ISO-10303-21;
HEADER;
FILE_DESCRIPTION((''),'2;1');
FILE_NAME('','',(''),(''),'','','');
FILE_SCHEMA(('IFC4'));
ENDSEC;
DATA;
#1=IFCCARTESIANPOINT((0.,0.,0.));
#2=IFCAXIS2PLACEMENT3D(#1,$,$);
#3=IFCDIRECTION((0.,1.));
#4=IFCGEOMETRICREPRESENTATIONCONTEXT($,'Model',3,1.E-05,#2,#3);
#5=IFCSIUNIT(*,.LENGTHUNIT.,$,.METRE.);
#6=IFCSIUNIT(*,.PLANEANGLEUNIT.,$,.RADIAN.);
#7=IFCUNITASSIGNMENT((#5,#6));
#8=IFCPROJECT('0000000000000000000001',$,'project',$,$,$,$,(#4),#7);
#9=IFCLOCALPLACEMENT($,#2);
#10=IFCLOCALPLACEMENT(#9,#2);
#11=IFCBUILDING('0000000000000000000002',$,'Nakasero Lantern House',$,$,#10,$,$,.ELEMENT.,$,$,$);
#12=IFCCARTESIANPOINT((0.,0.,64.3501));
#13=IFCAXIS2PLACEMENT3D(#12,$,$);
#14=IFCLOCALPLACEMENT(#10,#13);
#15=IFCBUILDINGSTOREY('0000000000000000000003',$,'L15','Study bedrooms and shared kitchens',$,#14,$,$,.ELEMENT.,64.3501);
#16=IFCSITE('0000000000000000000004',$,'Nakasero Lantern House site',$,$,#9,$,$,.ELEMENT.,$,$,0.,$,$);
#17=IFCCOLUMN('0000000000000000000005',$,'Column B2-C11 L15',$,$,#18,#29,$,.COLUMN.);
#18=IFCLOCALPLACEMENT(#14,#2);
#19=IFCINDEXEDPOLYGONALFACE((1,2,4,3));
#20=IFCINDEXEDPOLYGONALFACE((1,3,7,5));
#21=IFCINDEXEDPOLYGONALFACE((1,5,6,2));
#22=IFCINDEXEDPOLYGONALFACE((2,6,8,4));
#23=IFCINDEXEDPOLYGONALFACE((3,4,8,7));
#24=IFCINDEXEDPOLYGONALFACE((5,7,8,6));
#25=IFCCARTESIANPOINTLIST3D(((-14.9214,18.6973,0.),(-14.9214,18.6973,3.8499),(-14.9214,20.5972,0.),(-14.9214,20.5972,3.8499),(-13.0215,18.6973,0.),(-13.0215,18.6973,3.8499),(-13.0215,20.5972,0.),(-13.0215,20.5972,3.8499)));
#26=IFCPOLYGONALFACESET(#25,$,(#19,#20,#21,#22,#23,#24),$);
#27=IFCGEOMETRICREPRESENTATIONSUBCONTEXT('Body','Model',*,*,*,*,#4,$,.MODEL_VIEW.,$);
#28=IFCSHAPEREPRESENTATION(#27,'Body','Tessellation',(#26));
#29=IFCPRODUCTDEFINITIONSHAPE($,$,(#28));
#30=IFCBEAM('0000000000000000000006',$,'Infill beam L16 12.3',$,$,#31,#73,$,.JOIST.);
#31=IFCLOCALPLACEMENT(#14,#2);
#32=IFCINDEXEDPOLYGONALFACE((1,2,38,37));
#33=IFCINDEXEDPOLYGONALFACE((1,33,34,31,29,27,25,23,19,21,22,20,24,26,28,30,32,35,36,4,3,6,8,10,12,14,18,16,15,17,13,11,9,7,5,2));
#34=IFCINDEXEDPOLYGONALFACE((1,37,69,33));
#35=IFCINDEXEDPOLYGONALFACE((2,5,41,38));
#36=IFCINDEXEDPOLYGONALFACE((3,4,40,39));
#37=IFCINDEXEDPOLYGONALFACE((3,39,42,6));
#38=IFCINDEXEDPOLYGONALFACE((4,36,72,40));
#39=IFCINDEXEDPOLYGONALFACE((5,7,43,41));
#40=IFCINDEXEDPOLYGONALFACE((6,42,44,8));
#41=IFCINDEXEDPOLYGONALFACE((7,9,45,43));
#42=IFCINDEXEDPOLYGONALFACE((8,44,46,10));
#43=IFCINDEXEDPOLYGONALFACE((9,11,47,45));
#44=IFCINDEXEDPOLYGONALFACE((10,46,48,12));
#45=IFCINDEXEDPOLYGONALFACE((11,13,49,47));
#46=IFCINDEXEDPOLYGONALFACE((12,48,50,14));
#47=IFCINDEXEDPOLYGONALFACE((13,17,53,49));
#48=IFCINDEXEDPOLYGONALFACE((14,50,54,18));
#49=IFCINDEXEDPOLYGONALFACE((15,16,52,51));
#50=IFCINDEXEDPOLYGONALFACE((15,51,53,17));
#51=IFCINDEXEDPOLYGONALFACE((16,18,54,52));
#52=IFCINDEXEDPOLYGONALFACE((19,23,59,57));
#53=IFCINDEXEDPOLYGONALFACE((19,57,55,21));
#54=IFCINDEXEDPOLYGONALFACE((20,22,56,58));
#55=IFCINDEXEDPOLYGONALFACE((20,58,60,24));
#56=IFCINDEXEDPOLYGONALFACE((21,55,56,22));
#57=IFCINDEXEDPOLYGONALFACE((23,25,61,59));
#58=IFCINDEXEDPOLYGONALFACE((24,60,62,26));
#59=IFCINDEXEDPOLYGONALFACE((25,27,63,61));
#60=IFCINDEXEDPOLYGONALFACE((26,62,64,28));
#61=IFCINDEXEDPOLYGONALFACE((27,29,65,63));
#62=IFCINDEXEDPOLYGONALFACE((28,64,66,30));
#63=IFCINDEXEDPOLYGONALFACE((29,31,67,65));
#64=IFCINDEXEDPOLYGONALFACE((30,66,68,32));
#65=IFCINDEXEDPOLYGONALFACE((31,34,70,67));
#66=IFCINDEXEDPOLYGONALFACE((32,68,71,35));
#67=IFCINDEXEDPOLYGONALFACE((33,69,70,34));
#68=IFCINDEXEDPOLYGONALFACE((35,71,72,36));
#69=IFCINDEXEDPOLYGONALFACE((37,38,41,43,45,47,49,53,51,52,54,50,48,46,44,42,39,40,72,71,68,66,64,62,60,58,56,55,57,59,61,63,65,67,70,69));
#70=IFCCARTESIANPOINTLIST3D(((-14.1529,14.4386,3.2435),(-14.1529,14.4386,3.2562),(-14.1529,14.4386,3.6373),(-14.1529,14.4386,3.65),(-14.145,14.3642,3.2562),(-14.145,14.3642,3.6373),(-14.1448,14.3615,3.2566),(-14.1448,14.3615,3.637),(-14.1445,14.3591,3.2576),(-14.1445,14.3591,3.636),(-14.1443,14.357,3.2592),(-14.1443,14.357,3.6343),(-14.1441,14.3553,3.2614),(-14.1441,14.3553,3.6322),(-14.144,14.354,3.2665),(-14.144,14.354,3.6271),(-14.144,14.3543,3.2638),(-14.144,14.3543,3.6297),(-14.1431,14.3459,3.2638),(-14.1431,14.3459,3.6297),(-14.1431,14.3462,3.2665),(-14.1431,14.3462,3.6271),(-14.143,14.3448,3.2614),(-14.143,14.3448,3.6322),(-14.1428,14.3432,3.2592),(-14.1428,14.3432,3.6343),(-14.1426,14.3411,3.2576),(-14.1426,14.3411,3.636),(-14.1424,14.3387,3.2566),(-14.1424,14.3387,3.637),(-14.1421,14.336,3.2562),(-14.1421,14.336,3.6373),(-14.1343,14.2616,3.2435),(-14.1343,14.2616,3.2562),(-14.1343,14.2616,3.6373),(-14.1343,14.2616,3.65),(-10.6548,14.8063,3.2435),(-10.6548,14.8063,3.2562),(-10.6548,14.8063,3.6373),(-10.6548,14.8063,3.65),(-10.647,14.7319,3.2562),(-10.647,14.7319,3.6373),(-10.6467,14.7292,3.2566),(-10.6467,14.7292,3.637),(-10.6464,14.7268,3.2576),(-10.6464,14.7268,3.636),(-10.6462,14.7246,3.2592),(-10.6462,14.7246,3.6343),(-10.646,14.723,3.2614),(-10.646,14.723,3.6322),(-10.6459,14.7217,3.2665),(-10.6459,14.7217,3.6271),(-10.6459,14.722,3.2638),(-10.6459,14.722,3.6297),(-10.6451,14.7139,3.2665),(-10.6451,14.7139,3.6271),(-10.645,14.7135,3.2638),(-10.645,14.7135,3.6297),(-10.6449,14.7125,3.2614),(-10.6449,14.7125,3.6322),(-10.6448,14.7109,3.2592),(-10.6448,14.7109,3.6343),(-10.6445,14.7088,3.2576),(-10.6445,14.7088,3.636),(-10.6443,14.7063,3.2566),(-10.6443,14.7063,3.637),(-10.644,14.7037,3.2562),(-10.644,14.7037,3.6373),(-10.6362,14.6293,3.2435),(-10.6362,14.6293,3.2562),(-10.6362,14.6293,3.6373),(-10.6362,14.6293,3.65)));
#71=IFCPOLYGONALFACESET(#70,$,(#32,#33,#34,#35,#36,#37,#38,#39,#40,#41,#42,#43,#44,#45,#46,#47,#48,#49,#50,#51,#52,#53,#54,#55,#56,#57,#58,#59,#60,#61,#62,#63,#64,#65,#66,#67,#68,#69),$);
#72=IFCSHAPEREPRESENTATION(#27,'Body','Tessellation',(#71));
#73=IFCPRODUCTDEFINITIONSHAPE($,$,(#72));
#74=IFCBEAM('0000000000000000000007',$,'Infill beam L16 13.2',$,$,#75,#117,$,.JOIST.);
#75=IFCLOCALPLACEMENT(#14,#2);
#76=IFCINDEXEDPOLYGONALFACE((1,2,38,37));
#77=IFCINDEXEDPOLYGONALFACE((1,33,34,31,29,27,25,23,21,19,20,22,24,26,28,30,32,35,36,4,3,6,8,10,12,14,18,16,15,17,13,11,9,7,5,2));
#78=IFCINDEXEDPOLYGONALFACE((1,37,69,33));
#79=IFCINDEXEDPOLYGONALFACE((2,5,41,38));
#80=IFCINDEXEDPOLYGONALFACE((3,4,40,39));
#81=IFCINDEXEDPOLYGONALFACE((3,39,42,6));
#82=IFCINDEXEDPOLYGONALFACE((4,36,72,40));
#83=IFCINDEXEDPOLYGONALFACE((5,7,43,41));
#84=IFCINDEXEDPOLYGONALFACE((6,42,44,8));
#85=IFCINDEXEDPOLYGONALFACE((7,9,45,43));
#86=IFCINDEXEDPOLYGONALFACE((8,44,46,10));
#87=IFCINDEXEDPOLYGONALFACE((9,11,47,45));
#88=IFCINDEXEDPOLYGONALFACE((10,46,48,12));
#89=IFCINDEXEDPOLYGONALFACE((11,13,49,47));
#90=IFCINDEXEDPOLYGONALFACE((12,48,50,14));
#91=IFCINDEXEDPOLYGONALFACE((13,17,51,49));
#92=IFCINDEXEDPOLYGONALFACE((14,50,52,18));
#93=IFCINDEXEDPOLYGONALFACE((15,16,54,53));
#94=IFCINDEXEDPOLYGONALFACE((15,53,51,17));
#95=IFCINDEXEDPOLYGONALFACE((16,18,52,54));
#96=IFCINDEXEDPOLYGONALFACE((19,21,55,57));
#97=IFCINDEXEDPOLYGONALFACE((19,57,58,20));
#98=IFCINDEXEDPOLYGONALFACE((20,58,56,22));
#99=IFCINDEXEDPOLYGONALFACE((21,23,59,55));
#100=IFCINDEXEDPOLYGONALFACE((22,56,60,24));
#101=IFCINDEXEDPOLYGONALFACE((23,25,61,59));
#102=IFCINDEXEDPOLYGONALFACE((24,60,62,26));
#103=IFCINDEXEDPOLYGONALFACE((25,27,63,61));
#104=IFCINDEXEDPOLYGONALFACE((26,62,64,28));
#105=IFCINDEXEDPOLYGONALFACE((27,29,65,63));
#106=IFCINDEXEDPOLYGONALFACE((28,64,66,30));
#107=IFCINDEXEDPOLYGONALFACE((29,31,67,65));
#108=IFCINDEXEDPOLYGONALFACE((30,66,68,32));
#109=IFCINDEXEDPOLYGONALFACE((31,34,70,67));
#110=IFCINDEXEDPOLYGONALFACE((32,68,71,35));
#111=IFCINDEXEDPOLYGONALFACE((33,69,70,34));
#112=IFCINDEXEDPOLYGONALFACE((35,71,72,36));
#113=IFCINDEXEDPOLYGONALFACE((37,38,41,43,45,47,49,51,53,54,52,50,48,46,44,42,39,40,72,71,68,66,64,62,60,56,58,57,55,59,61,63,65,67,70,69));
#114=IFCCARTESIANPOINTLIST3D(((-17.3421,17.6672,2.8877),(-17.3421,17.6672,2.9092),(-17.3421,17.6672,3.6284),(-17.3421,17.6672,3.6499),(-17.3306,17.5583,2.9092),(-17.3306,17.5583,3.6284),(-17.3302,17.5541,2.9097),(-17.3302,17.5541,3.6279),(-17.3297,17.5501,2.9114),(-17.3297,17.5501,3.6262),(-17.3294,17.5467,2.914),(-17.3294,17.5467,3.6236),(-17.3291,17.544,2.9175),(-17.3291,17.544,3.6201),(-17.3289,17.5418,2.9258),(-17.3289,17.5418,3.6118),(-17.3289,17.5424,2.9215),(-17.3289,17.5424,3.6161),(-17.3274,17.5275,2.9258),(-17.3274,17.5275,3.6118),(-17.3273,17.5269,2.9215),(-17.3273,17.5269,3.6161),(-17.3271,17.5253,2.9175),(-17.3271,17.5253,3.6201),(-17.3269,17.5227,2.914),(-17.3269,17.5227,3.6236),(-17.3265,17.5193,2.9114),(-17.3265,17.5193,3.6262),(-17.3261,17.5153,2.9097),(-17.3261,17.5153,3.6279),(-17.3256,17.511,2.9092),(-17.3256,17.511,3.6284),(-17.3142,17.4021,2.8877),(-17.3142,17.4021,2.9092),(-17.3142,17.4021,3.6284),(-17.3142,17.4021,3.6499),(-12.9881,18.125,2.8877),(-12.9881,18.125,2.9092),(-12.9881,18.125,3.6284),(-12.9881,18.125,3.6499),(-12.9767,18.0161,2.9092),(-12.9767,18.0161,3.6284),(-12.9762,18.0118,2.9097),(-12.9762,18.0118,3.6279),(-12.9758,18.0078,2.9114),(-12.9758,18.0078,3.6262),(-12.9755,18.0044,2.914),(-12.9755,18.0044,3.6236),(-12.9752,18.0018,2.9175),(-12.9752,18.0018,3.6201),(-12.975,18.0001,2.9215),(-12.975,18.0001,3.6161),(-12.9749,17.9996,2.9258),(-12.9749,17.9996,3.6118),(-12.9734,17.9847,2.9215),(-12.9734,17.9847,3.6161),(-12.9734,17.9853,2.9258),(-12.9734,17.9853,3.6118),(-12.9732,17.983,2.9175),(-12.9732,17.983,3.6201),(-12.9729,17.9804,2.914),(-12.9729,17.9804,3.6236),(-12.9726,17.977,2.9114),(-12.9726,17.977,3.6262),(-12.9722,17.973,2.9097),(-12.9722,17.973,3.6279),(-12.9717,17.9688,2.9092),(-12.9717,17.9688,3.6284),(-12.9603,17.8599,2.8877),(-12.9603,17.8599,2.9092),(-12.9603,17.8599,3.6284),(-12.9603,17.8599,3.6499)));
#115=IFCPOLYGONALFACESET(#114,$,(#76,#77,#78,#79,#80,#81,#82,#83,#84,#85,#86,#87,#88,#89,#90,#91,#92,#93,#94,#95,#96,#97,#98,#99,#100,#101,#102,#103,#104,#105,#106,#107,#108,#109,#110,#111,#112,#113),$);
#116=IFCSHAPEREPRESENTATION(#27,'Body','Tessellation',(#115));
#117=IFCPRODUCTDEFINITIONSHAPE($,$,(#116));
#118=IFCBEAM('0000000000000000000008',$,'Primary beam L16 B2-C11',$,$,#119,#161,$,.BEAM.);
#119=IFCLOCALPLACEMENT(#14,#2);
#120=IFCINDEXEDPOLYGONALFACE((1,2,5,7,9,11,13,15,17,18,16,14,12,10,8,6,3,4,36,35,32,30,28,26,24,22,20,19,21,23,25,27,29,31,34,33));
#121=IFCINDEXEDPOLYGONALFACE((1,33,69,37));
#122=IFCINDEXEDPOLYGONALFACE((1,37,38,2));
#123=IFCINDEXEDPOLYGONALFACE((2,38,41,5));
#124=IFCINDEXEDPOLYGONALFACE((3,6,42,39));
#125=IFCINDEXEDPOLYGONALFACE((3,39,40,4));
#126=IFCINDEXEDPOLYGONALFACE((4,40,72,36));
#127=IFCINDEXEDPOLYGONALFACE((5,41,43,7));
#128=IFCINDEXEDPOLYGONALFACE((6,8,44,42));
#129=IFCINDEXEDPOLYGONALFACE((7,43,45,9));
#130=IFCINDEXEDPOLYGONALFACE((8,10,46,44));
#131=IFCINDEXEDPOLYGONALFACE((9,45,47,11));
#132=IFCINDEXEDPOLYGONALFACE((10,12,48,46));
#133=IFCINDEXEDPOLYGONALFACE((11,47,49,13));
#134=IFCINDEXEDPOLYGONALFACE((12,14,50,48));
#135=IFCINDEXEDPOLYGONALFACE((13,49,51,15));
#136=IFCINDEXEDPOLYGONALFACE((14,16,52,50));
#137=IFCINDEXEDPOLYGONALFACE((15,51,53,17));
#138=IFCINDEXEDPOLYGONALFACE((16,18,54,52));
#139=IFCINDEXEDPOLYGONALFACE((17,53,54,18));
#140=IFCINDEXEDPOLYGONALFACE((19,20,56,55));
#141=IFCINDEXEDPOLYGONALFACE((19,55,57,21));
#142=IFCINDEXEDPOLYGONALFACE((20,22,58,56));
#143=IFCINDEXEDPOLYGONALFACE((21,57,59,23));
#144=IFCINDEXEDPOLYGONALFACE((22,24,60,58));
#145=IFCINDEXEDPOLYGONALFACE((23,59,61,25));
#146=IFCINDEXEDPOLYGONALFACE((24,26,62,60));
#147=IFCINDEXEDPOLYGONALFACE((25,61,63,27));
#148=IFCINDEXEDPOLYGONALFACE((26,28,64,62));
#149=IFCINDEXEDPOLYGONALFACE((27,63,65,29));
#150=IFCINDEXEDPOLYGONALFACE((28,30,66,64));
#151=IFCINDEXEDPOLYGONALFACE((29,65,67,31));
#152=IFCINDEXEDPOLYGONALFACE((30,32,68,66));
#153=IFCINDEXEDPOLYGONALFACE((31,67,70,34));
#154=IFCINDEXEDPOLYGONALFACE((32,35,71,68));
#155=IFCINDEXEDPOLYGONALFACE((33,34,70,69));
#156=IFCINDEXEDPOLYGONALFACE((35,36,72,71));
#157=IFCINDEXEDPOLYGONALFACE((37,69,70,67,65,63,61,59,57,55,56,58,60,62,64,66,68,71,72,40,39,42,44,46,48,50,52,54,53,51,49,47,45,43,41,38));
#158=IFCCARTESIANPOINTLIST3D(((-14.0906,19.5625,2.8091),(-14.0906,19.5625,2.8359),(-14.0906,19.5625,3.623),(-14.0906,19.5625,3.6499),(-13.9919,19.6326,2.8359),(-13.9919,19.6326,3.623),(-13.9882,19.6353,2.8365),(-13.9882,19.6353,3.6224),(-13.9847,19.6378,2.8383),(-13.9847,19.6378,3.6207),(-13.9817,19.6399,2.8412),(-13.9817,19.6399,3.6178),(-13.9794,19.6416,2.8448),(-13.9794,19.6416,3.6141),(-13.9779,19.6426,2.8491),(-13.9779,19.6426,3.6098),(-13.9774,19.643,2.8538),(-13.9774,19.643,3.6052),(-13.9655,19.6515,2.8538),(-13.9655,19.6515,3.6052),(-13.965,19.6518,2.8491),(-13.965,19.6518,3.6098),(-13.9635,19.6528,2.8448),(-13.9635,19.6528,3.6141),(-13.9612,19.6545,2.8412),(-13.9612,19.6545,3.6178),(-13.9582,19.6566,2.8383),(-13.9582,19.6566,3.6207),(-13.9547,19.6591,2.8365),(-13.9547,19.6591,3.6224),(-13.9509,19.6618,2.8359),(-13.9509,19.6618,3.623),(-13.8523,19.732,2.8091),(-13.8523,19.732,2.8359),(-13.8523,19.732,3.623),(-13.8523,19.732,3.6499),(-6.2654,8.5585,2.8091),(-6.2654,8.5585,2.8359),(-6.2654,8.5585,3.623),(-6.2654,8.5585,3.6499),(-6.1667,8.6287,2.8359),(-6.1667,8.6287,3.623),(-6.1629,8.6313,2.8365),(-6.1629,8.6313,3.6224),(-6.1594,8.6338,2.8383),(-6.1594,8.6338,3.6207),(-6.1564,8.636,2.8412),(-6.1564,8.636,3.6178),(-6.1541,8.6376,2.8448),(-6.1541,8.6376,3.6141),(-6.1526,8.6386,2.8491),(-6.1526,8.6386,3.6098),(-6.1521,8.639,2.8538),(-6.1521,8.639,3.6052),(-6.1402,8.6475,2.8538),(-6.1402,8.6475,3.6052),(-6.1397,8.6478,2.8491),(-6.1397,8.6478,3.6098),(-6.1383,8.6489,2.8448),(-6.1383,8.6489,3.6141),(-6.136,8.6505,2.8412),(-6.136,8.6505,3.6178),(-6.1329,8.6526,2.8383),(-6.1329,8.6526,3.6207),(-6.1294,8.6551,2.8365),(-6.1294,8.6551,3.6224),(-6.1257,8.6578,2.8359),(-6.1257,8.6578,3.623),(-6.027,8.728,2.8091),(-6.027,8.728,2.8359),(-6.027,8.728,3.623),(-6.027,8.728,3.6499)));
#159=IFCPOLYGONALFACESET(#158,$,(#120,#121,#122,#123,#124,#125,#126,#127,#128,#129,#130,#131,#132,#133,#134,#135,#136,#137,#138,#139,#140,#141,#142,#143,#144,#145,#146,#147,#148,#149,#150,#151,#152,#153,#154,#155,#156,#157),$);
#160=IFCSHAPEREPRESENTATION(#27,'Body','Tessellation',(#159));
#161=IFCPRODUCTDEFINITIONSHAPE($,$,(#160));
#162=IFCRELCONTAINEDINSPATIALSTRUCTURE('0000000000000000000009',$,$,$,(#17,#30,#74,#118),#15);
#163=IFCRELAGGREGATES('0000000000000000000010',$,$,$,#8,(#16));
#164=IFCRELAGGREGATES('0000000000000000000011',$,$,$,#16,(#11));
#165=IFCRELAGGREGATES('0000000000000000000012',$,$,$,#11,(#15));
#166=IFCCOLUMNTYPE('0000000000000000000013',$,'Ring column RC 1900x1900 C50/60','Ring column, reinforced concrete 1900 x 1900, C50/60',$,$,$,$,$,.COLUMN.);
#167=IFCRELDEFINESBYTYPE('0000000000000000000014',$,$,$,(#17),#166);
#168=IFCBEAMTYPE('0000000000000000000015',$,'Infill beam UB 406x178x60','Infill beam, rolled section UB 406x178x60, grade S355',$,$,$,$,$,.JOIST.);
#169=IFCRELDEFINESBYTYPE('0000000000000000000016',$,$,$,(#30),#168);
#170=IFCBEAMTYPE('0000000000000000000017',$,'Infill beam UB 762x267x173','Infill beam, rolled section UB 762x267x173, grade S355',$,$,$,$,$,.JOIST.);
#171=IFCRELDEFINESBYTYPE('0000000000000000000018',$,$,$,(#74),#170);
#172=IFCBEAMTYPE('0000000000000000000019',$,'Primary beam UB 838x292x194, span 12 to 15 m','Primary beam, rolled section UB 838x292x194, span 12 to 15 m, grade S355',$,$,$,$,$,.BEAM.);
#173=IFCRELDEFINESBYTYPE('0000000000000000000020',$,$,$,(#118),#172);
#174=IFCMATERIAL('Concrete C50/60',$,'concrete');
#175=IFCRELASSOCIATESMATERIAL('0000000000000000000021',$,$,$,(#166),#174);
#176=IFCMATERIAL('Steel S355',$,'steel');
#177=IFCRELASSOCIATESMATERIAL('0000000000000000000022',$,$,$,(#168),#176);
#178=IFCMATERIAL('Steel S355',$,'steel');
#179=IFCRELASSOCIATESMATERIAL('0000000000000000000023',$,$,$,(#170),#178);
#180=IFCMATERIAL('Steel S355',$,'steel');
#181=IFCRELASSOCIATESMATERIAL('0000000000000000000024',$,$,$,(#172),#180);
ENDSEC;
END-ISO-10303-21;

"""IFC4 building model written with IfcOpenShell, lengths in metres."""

from ifc_helpers import new_model, si_unit, direction, frame, origin, origin_2d, place, context, subcontext, project, spatial, rectangle, i_section, extrude, material, material_profile, profile_set, type_object, element, save


model = new_model("IFC4")

# Units and contexts
model_context = context("Model", 3, precision=1e-05, world=origin(), true_north=direction((0.0, 1.0)))
body_context = subcontext(model_context, "Body", "Model", "MODEL_VIEW")
ifc_project = project(units=[si_unit("LENGTHUNIT", "METRE"), si_unit("PLANEANGLEUNIT", "RADIAN")], contexts=[model_context])

# Site, building, storey
site_placement = place(None, origin())
site = spatial("IfcSite", under=ifc_project, at=site_placement, Name="Nakasero Lantern House site", CompositionType="ELEMENT", RefElevation=0.0)
building_placement = place(site_placement, origin())
building = spatial("IfcBuilding", under=site, at=building_placement, Name="Nakasero Lantern House", CompositionType="ELEMENT")
storey_placement = place(building_placement, frame((0.0, 0.0, 64.3501)))
storey = spatial("IfcBuildingStorey", under=building, at=storey_placement, Name="L15", Description="Study bedrooms and shared kitchens", CompositionType="ELEMENT", Elevation=64.3501)

# Column
ifc_material_1 = material(Name="Concrete C50/60", Category="concrete")
ifc_material_profile_1 = material_profile(ifc_material_1, rectangle(XDim=1.8999, YDim=1.8999, at=origin_2d()), Name="RC 1900x1900")
ifc_profile_set_1 = profile_set([ifc_material_profile_1], Name="Concrete C50/60")
column_type = type_object("IfcColumnType", Name="Ring column RC 1900x1900 C50/60", Description="Ring column, reinforced concrete 1900 x 1900, C50/60", PredefinedType="COLUMN", material=ifc_profile_set_1)
column_placement = place(storey_placement, frame((-13.9714, 19.6472, 0.0), z_axis=(0.0, 0.0, 1.0), x_axis=(1.0, 0.0, 0.0)))
element("IfcColumn", 1, at=column_placement, inside=storey, type_object=column_type, Name="Column B2-C11 L15", PredefinedType="COLUMN", context=body_context, shape_type="SweptSolid", body=[
    extrude(rectangle(XDim=1.8999, YDim=1.8999, at=origin_2d()), origin(), (0.0, 0.0, 1.0), 3.8499),
])

# Beams
ifc_material_2 = material(Name="Steel S355", Category="steel")
ifc_material_profile_2 = material_profile(ifc_material_2, i_section(OverallWidth=0.178, OverallDepth=0.4065, WebThickness=0.0078, FlangeThickness=0.0127, FilletRadius=0.0103, at=origin_2d()), Name="UB 406x178x60")
ifc_profile_set_2 = profile_set([ifc_material_profile_2], Name="Steel S355")
beam_type_1 = type_object("IfcBeamType", Name="Infill beam UB 406x178x60", Description="Infill beam, rolled section UB 406x178x60, grade S355", PredefinedType="JOIST", material=ifc_profile_set_2)
beam_1_placement = place(storey_placement, frame((-14.1436, 14.3501, 3.4468), z_axis=(0.994521, 0.104533, 0.0), x_axis=(-0.104533, 0.994521, 0.0)))
element("IfcBeam", 2, at=beam_1_placement, inside=storey, type_object=beam_type_1, Name="Infill beam L16 12.3", PredefinedType="JOIST", context=body_context, shape_type="SweptSolid", body=[
    extrude(i_section(OverallWidth=0.178, OverallDepth=0.4065, WebThickness=0.0078, FlangeThickness=0.0127, FilletRadius=0.0103, at=origin_2d()), origin(), (0.0, 0.0, 1.0), 3.5173),
])
ifc_material_3 = material(Name="Steel S355", Category="steel")
ifc_material_profile_3 = material_profile(ifc_material_3, i_section(OverallWidth=0.2666, OverallDepth=0.7622, WebThickness=0.0144, FlangeThickness=0.0215, FilletRadius=0.0166, at=origin_2d()), Name="UB 762x267x173")
ifc_profile_set_3 = profile_set([ifc_material_profile_3], Name="Steel S355")
beam_type_2 = type_object("IfcBeamType", Name="Infill beam UB 762x267x173", Description="Infill beam, rolled section UB 762x267x173, grade S355", PredefinedType="JOIST", material=ifc_profile_set_3)
beam_2_placement = place(storey_placement, frame((-17.3281, 17.5347, 3.2688), z_axis=(0.994519, 0.10456, 0.0), x_axis=(-0.10456, 0.994519, 0.0)))
element("IfcBeam", 3, at=beam_2_placement, inside=storey, type_object=beam_type_2, Name="Infill beam L16 13.2", PredefinedType="JOIST", context=body_context, shape_type="SweptSolid", body=[
    extrude(i_section(OverallWidth=0.2666, OverallDepth=0.7622, WebThickness=0.0144, FlangeThickness=0.0215, FilletRadius=0.0166, at=origin_2d()), origin(), (0.0, 0.0, 1.0), 4.3779),
])
ifc_material_4 = material(Name="Steel S355", Category="steel")
ifc_material_profile_4 = material_profile(ifc_material_4, i_section(OverallWidth=0.2925, OverallDepth=0.8408, WebThickness=0.0146, FlangeThickness=0.0269, FilletRadius=0.0178, at=origin_2d()), Name="UB 838x292x194")
ifc_profile_set_4 = profile_set([ifc_material_profile_4], Name="Steel S355")
beam_type_3 = type_object("IfcBeamType", Name="Primary beam UB 838x292x194, span 12 to 15 m", Description="Primary beam, rolled section UB 838x292x194, span 12 to 15 m, grade S355", PredefinedType="BEAM", material=ifc_profile_set_4)
beam_3_placement = place(storey_placement, frame((-13.9714, 19.6472, 3.2295), z_axis=(0.579533, -0.814948, 0.0), x_axis=(0.814948, 0.579533, 0.0)))
element("IfcBeam", 4, at=beam_3_placement, inside=storey, type_object=beam_type_3, Name="Primary beam L16 B2-C11", PredefinedType="BEAM", context=body_context, shape_type="SweptSolid", body=[
    extrude(i_section(OverallWidth=0.2925, OverallDepth=0.8408, WebThickness=0.0146, FlangeThickness=0.0269, FilletRadius=0.0178, at=origin_2d()), origin(), (0.0, 0.0, 1.0), 13.5027),
])

save(model, "model.ifc")
